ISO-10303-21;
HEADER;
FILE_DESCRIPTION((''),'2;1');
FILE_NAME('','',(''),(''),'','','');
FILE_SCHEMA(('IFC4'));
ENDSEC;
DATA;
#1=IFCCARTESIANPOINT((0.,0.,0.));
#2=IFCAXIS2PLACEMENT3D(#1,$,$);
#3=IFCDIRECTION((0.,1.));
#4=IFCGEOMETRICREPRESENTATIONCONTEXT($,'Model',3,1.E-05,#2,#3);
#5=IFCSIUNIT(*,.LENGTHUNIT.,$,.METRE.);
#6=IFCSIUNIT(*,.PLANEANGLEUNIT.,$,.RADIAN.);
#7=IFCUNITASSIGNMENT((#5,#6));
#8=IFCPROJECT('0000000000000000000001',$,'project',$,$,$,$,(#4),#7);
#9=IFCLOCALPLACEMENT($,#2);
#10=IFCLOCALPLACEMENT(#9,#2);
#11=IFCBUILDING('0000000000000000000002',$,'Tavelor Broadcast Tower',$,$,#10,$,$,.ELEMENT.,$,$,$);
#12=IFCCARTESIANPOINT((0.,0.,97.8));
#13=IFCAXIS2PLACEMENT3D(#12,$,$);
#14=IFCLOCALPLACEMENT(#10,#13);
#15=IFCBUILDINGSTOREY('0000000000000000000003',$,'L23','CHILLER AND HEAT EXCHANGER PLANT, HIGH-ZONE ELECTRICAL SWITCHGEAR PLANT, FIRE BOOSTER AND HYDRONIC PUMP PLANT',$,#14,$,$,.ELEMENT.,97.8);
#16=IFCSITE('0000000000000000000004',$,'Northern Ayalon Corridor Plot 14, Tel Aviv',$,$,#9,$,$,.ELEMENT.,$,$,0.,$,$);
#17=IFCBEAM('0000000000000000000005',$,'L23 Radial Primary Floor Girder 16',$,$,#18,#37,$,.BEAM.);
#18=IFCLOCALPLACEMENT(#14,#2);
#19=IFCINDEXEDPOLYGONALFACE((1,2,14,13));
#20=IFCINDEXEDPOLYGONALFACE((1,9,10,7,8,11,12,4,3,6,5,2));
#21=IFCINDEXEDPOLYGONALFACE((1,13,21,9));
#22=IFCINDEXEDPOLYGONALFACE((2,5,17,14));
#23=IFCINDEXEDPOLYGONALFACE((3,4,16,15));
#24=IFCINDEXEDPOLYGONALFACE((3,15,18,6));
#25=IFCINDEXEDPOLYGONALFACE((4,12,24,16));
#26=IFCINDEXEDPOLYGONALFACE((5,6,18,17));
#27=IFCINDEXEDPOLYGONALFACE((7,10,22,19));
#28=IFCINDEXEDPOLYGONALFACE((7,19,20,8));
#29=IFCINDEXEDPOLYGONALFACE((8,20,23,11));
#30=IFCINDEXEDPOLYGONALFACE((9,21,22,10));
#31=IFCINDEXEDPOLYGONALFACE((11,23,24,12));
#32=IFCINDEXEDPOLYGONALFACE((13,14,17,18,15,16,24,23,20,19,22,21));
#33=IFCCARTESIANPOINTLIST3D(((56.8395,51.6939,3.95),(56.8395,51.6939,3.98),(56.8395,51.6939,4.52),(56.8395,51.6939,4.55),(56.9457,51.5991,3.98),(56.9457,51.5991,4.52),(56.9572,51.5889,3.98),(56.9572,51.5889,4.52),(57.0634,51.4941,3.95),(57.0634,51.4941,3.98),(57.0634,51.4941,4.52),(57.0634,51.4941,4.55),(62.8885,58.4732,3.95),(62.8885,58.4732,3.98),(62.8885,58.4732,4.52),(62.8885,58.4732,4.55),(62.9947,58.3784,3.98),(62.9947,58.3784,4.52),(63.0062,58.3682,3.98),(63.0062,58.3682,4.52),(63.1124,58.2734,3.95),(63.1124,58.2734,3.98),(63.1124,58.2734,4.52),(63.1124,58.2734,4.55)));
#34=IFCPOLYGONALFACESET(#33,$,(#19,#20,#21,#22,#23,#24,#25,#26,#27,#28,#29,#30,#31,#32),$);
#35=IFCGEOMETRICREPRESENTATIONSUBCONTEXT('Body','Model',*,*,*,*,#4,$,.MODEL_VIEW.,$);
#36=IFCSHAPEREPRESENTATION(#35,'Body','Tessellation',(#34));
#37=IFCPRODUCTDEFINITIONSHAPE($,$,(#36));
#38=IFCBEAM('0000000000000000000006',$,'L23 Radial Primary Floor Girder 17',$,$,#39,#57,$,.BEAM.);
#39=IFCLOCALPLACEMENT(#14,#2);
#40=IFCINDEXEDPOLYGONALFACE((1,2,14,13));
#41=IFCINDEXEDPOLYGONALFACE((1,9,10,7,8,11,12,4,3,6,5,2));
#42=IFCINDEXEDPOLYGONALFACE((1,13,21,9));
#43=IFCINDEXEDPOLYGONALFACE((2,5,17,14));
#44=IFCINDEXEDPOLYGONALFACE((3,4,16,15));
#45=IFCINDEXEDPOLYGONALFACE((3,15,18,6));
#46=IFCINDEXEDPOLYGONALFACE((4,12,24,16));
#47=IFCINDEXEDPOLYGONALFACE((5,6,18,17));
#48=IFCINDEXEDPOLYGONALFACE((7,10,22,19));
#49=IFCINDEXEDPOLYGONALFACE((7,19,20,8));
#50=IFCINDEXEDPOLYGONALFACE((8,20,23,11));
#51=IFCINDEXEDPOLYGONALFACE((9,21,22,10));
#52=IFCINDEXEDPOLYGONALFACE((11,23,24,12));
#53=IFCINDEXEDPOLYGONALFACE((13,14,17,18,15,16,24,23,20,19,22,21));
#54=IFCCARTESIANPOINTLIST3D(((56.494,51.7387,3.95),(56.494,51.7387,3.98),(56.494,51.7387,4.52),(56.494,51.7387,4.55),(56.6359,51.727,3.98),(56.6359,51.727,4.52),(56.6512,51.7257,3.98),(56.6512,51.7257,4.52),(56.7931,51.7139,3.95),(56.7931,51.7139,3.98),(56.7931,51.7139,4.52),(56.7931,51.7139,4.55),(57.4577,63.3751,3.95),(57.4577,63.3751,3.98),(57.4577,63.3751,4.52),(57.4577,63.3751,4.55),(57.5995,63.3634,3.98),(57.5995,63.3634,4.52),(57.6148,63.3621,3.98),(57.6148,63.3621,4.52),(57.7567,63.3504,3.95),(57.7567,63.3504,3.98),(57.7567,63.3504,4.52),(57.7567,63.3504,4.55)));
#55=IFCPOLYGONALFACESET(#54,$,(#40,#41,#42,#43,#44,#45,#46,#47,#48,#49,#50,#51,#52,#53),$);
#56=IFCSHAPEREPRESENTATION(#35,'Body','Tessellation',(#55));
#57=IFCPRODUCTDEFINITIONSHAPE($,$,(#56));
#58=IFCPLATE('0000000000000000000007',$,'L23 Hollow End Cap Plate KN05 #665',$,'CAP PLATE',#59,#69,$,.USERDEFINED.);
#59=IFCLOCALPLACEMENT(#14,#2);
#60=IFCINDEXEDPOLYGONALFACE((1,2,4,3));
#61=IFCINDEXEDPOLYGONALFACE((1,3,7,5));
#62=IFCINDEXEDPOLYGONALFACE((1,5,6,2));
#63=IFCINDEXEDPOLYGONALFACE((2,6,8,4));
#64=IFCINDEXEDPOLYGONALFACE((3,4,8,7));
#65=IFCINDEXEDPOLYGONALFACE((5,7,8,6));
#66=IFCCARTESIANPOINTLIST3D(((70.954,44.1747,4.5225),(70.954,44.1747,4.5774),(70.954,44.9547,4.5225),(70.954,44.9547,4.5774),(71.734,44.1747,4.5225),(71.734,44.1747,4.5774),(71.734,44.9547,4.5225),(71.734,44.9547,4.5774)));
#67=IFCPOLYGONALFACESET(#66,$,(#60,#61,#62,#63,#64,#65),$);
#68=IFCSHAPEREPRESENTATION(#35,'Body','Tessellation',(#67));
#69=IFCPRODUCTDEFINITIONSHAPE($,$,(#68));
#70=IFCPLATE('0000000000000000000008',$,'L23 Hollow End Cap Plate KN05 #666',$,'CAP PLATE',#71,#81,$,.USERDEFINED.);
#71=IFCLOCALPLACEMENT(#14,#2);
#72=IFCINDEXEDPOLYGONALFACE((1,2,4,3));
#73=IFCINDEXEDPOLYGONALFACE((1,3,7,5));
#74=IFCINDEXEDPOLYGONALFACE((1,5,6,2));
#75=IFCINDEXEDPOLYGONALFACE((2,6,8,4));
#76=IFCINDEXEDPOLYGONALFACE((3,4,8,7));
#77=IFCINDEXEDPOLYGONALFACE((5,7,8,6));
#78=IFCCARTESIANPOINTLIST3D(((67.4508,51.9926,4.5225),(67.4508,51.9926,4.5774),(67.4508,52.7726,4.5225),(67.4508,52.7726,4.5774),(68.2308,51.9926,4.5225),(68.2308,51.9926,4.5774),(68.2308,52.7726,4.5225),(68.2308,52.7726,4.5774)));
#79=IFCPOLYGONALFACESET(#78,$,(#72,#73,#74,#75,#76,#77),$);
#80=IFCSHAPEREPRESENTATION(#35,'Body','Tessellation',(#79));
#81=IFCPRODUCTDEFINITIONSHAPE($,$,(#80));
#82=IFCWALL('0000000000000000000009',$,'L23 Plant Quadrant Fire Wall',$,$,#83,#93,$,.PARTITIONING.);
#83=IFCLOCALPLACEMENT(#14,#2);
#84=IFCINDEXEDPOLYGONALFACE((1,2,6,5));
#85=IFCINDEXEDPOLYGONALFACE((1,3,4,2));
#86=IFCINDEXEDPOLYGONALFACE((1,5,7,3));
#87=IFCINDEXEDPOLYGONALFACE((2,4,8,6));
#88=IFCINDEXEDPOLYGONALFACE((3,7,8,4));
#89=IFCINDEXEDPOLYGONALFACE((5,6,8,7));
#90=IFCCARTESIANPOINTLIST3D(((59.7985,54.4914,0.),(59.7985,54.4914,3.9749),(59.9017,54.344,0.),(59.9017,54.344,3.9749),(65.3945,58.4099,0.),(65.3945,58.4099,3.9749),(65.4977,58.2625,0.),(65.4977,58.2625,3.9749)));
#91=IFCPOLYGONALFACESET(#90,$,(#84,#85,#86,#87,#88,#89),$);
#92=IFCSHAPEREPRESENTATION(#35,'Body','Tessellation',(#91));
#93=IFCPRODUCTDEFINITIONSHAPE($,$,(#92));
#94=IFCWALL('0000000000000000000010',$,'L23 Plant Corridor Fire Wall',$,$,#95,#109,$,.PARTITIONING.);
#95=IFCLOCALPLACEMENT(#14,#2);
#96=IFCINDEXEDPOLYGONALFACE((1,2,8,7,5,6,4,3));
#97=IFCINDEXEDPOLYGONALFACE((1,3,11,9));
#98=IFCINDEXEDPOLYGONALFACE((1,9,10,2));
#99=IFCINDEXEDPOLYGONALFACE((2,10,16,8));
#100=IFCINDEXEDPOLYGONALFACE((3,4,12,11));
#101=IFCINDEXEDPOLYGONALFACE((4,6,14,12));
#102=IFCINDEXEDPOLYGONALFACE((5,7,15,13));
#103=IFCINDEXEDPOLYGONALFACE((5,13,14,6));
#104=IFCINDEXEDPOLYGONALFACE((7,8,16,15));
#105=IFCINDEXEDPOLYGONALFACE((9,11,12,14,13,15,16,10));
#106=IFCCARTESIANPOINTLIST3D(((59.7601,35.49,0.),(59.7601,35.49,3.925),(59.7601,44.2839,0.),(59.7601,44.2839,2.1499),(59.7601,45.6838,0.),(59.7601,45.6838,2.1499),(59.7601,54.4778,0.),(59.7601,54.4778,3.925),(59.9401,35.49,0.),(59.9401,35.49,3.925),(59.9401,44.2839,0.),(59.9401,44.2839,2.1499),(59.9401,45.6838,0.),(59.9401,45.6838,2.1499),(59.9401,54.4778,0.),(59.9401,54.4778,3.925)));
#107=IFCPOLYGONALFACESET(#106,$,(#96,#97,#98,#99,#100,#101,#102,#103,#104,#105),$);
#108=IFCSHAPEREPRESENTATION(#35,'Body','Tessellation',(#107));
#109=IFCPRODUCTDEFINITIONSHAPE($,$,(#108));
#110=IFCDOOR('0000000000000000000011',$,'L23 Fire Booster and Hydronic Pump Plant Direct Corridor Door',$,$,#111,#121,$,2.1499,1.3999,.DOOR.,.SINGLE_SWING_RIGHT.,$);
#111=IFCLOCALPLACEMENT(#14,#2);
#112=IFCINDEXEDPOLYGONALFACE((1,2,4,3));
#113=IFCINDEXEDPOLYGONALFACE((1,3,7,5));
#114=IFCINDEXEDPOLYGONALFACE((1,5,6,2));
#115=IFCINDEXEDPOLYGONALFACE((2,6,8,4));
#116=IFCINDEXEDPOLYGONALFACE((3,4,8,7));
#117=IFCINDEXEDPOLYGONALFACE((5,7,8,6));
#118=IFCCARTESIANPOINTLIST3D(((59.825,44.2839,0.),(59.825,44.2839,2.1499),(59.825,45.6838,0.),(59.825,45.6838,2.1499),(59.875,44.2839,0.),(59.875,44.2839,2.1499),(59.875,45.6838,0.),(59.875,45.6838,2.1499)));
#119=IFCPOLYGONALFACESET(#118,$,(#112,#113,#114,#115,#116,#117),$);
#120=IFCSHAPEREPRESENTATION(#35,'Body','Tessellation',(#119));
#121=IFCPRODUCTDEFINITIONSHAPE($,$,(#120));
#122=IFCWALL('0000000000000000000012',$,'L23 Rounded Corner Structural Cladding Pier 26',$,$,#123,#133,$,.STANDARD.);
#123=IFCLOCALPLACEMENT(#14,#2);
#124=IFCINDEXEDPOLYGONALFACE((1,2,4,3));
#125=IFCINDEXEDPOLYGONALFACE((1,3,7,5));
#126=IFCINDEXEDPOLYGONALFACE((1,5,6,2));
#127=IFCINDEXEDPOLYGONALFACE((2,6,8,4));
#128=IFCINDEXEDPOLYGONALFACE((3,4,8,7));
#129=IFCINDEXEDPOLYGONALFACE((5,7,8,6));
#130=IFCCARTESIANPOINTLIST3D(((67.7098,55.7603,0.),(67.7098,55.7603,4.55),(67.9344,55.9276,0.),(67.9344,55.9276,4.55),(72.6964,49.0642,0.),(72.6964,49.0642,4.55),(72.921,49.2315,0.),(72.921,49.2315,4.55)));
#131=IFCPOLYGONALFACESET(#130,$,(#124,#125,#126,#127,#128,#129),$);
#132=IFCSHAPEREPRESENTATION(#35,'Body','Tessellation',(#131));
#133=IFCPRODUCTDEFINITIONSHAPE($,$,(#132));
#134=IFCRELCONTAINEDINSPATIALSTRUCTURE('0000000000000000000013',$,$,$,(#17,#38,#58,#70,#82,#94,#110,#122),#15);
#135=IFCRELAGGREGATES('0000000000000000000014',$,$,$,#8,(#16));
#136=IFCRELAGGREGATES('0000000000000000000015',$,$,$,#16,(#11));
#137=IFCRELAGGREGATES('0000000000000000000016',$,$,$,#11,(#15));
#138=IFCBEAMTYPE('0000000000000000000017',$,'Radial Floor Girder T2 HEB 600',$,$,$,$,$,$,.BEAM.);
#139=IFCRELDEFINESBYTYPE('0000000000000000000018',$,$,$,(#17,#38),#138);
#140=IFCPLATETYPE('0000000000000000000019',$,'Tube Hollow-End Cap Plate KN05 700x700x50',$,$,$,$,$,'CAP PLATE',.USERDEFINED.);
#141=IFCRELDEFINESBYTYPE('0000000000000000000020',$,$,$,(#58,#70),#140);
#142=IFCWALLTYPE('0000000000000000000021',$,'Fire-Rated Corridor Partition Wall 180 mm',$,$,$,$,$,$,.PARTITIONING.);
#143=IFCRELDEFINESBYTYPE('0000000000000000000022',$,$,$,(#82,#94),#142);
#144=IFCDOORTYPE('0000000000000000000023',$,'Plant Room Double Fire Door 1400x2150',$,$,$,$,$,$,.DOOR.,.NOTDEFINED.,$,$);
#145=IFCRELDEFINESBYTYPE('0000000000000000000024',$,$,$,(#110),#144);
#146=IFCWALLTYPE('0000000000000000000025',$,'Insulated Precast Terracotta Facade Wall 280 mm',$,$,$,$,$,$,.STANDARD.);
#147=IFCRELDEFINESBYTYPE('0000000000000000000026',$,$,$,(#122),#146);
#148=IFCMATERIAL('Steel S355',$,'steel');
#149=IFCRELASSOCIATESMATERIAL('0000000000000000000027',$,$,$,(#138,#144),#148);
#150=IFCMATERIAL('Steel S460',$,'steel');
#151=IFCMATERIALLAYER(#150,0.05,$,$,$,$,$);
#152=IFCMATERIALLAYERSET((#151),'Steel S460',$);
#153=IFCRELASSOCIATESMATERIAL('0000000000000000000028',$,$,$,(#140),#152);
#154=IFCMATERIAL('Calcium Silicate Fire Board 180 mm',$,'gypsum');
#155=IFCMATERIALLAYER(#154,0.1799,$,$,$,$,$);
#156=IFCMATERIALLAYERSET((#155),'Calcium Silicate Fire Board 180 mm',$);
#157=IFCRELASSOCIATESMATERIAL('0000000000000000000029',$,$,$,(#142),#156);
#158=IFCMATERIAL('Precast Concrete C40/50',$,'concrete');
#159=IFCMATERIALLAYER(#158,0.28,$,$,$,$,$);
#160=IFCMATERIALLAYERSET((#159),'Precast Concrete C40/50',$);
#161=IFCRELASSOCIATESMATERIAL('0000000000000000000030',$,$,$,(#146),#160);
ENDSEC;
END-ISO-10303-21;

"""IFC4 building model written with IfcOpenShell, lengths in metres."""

from ifc_helpers import new_model, si_unit, direction, frame, frame_2d, origin, origin_2d, place, context, subcontext, project, spatial, rectangle, i_section, extrude, source, transform, mapped, material, layer, layer_set, material_profile, profile_set, type_object, type_shapes, element, fill, save


model = new_model("IFC4")

# Units and contexts
model_context = context("Model", 3, precision=1e-05, world=origin(), true_north=direction((0.0, 1.0)))
body_context = subcontext(model_context, "Body", "Model", "MODEL_VIEW")
ifc_project = project(units=[si_unit("LENGTHUNIT", "METRE"), si_unit("PLANEANGLEUNIT", "RADIAN")], contexts=[model_context])

# Site, building, storey
site_placement = place(None, origin())
site = spatial("IfcSite", under=ifc_project, at=site_placement, Name="Northern Ayalon Corridor Plot 14, Tel Aviv", CompositionType="ELEMENT", RefElevation=0.0)
building_placement = place(site_placement, origin())
building = spatial("IfcBuilding", under=site, at=building_placement, Name="Tavelor Broadcast Tower", CompositionType="ELEMENT")
storey_placement = place(building_placement, frame((0.0, 0.0, 97.8)))
storey = spatial("IfcBuildingStorey", under=building, at=storey_placement, Name="L23", Description="CHILLER AND HEAT EXCHANGER PLANT, HIGH-ZONE ELECTRICAL SWITCHGEAR PLANT, FIRE BOOSTER AND HYDRONIC PUMP PLANT", CompositionType="ELEMENT", Elevation=97.8)

# Shared definitions
ifc_material_1 = material(Name="Steel S460", Category="steel")

# Beams
ifc_material_2 = material(Name="Steel S355", Category="steel")
ifc_material_profile_1 = material_profile(ifc_material_2, i_section(OverallWidth=0.3, OverallDepth=0.6001, WebThickness=0.0154, FlangeThickness=0.03, at=origin_2d()), Name="HEB 600")
ifc_profile_set_1 = profile_set([ifc_material_profile_1], Name="Steel S355")
beam_type_1 = type_object("IfcBeamType", Name="Radial Floor Girder T2 HEB 600", PredefinedType="BEAM", material=ifc_profile_set_1)
beam_1_placement = place(storey_placement, frame((56.9514, 51.594, 4.25), z_axis=(0.665779, 0.746149, 0.0), x_axis=(-0.746149, 0.665779, 0.0)))
element("IfcBeam", 1, at=beam_1_placement, inside=storey, type_object=beam_type_1, Name="L23 Radial Primary Floor Girder 16", PredefinedType="BEAM", context=body_context, shape_type="SweptSolid", body=[
    extrude(i_section(OverallWidth=0.3, OverallDepth=0.6001, WebThickness=0.0154, FlangeThickness=0.03, at=origin_2d()), origin(), (0.0, 0.0, 1.0), 9.0857),
])
beam_2_placement = place(storey_placement, frame((56.6436, 51.7263, 4.25), z_axis=(0.082528, 0.996589, 0.0), x_axis=(-0.996589, 0.082528, 0.0)))
element("IfcBeam", 2, at=beam_2_placement, inside=storey, type_object=beam_type_1, Name="L23 Radial Primary Floor Girder 17", PredefinedType="BEAM", context=body_context, shape_type="SweptSolid", body=[
    extrude(i_section(OverallWidth=0.3, OverallDepth=0.6001, WebThickness=0.0154, FlangeThickness=0.03, at=origin_2d()), origin(), (0.0, 0.0, 1.0), 11.6763),
])

# Plates
ifc_layer_1 = layer(ifc_material_1, 0.05)
ifc_layer_set_1 = layer_set([ifc_layer_1], Name="Steel S460")
plate_type = type_object("IfcPlateType", Name="Tube Hollow-End Cap Plate KN05 700x700x50", ElementType="CAP PLATE", PredefinedType="USERDEFINED", material=ifc_layer_set_1)
shared_shape = source(origin(), body_context, "Body", "SweptSolid", [
    extrude(rectangle(XDim=0.78, YDim=0.78, at=origin_2d()), origin(), (0.0, 0.0, 1.0), 0.0549),
])
type_shapes(plate_type, [shared_shape])
for number, where, z_axis, x_axis, name in (
    (3, (71.344, 44.5647, 4.5225), (0.0, 0.0, 1.0), (1.0, 0.0, 0.0), "L23 Hollow End Cap Plate KN05 #665"),
    (4, (67.8408, 52.3826, 4.5225), (0.0, 0.0, 1.0), (1.0, 0.0, 0.0), "L23 Hollow End Cap Plate KN05 #666"),
):
    element("IfcPlate", number, at=place(storey_placement, frame(where, z_axis=z_axis, x_axis=x_axis)), inside=storey, type_object=plate_type, Name=name, ObjectType="CAP PLATE", PredefinedType="USERDEFINED", context=body_context, shape_type="MappedRepresentation", body=[
        mapped(shared_shape, transform((0.0, 0.0, 0.0), scale=1.0)),
    ])

# Wall
ifc_material_3 = material(Name="Calcium Silicate Fire Board 180 mm", Category="gypsum")
ifc_layer_2 = layer(ifc_material_3, 0.1799)
ifc_layer_set_2 = layer_set([ifc_layer_2], Name="Calcium Silicate Fire Board 180 mm")
wall_type_1 = type_object("IfcWallType", Name="Fire-Rated Corridor Partition Wall 180 mm", PredefinedType="PARTITIONING", material=ifc_layer_set_2)
wall_1_placement = place(storey_placement, frame((59.8501, 54.4177, 0.0), z_axis=(0.0, 0.0, 1.0), x_axis=(0.819143, 0.573589, 0.0)))
element("IfcWall", 5, at=wall_1_placement, inside=storey, type_object=wall_type_1, Name="L23 Plant Quadrant Fire Wall", PredefinedType="PARTITIONING", context=body_context, shape_type="SweptSolid", body=[
    extrude(rectangle(XDim=6.8315, YDim=0.1799, at=frame_2d((3.4158, 0.0))), origin(), (0.0, 0.0, 1.0), 3.9749),
])

# Wall, opening, door
door_type = type_object("IfcDoorType", Name="Plant Room Double Fire Door 1400x2150", OperationType="NOTDEFINED", PredefinedType="DOOR", material=ifc_material_2)
wall_2_placement = place(storey_placement, frame((59.8501, 54.4778, 0.0), z_axis=(0.0, 0.0, 1.0), x_axis=(0.0, -1.0, 0.0)))
wall_2 = element("IfcWall", 6, at=wall_2_placement, inside=storey, type_object=wall_type_1, Name="L23 Plant Corridor Fire Wall", PredefinedType="PARTITIONING", context=body_context, shape_type="SweptSolid", body=[
    extrude(rectangle(XDim=18.9878, YDim=0.1799, at=frame_2d((9.4939, 0.0))), origin(), (0.0, 0.0, 1.0), 3.925),
])
opening_1_placement = place(wall_2_placement, frame((8.7939, 0.0, 0.0)))
opening_1 = element("IfcOpeningElement", 7, at=opening_1_placement, cuts=wall_2, PredefinedType="OPENING", context=body_context, shape_type="SweptSolid", body=[
    extrude(rectangle(XDim=1.3999, YDim=2.1499, at=frame_2d((0.7, 1.075))), frame((0.0, 0.1001, 0.0), z_axis=(0.0, -1.0, 0.0), x_axis=(1.0, 0.0, 0.0)), (0.0, 0.0, 1.0), 0.2),
])
door_1_placement = place(opening_1_placement, origin())
door_1 = element("IfcDoor", 8, at=door_1_placement, inside=storey, type_object=door_type, Name="L23 Fire Booster and Hydronic Pump Plant Direct Corridor Door", OperationType="SINGLE_SWING_RIGHT", OverallHeight=2.1499, OverallWidth=1.3999, PredefinedType="DOOR", context=body_context, shape_type="SweptSolid", body=[
    extrude(rectangle(XDim=1.3999, YDim=2.1499, at=frame_2d((0.7, 1.075))), frame((0.0, 0.0249, 0.0), z_axis=(0.0, -1.0, 0.0), x_axis=(1.0, 0.0, 0.0)), (0.0, 0.0, 1.0), 0.05),
])
fill(opening_1, door_1)

# Wall
ifc_material_4 = material(Name="Precast Concrete C40/50", Category="concrete")
ifc_layer_3 = layer(ifc_material_4, 0.28)
ifc_layer_set_3 = layer_set([ifc_layer_3], Name="Precast Concrete C40/50")
wall_type_2 = type_object("IfcWallType", Name="Insulated Precast Terracotta Facade Wall 280 mm", PredefinedType="STANDARD", material=ifc_layer_set_3)
wall_3_placement = place(storey_placement, frame((72.8086, 49.1479, 0.0), z_axis=(0.0, 0.0, 1.0), x_axis=(-0.597278, 0.802034, 0.0)))
element("IfcWall", 9, at=wall_3_placement, inside=storey, type_object=wall_type_2, Name="L23 Rounded Corner Structural Cladding Pier 26", PredefinedType="STANDARD", context=body_context, shape_type="SweptSolid", body=[
    extrude(rectangle(XDim=8.3489, YDim=0.28, at=frame_2d((4.1743, 0.0))), origin(), (0.0, 0.0, 1.0), 4.55),
])

save(model, "model.ifc")
